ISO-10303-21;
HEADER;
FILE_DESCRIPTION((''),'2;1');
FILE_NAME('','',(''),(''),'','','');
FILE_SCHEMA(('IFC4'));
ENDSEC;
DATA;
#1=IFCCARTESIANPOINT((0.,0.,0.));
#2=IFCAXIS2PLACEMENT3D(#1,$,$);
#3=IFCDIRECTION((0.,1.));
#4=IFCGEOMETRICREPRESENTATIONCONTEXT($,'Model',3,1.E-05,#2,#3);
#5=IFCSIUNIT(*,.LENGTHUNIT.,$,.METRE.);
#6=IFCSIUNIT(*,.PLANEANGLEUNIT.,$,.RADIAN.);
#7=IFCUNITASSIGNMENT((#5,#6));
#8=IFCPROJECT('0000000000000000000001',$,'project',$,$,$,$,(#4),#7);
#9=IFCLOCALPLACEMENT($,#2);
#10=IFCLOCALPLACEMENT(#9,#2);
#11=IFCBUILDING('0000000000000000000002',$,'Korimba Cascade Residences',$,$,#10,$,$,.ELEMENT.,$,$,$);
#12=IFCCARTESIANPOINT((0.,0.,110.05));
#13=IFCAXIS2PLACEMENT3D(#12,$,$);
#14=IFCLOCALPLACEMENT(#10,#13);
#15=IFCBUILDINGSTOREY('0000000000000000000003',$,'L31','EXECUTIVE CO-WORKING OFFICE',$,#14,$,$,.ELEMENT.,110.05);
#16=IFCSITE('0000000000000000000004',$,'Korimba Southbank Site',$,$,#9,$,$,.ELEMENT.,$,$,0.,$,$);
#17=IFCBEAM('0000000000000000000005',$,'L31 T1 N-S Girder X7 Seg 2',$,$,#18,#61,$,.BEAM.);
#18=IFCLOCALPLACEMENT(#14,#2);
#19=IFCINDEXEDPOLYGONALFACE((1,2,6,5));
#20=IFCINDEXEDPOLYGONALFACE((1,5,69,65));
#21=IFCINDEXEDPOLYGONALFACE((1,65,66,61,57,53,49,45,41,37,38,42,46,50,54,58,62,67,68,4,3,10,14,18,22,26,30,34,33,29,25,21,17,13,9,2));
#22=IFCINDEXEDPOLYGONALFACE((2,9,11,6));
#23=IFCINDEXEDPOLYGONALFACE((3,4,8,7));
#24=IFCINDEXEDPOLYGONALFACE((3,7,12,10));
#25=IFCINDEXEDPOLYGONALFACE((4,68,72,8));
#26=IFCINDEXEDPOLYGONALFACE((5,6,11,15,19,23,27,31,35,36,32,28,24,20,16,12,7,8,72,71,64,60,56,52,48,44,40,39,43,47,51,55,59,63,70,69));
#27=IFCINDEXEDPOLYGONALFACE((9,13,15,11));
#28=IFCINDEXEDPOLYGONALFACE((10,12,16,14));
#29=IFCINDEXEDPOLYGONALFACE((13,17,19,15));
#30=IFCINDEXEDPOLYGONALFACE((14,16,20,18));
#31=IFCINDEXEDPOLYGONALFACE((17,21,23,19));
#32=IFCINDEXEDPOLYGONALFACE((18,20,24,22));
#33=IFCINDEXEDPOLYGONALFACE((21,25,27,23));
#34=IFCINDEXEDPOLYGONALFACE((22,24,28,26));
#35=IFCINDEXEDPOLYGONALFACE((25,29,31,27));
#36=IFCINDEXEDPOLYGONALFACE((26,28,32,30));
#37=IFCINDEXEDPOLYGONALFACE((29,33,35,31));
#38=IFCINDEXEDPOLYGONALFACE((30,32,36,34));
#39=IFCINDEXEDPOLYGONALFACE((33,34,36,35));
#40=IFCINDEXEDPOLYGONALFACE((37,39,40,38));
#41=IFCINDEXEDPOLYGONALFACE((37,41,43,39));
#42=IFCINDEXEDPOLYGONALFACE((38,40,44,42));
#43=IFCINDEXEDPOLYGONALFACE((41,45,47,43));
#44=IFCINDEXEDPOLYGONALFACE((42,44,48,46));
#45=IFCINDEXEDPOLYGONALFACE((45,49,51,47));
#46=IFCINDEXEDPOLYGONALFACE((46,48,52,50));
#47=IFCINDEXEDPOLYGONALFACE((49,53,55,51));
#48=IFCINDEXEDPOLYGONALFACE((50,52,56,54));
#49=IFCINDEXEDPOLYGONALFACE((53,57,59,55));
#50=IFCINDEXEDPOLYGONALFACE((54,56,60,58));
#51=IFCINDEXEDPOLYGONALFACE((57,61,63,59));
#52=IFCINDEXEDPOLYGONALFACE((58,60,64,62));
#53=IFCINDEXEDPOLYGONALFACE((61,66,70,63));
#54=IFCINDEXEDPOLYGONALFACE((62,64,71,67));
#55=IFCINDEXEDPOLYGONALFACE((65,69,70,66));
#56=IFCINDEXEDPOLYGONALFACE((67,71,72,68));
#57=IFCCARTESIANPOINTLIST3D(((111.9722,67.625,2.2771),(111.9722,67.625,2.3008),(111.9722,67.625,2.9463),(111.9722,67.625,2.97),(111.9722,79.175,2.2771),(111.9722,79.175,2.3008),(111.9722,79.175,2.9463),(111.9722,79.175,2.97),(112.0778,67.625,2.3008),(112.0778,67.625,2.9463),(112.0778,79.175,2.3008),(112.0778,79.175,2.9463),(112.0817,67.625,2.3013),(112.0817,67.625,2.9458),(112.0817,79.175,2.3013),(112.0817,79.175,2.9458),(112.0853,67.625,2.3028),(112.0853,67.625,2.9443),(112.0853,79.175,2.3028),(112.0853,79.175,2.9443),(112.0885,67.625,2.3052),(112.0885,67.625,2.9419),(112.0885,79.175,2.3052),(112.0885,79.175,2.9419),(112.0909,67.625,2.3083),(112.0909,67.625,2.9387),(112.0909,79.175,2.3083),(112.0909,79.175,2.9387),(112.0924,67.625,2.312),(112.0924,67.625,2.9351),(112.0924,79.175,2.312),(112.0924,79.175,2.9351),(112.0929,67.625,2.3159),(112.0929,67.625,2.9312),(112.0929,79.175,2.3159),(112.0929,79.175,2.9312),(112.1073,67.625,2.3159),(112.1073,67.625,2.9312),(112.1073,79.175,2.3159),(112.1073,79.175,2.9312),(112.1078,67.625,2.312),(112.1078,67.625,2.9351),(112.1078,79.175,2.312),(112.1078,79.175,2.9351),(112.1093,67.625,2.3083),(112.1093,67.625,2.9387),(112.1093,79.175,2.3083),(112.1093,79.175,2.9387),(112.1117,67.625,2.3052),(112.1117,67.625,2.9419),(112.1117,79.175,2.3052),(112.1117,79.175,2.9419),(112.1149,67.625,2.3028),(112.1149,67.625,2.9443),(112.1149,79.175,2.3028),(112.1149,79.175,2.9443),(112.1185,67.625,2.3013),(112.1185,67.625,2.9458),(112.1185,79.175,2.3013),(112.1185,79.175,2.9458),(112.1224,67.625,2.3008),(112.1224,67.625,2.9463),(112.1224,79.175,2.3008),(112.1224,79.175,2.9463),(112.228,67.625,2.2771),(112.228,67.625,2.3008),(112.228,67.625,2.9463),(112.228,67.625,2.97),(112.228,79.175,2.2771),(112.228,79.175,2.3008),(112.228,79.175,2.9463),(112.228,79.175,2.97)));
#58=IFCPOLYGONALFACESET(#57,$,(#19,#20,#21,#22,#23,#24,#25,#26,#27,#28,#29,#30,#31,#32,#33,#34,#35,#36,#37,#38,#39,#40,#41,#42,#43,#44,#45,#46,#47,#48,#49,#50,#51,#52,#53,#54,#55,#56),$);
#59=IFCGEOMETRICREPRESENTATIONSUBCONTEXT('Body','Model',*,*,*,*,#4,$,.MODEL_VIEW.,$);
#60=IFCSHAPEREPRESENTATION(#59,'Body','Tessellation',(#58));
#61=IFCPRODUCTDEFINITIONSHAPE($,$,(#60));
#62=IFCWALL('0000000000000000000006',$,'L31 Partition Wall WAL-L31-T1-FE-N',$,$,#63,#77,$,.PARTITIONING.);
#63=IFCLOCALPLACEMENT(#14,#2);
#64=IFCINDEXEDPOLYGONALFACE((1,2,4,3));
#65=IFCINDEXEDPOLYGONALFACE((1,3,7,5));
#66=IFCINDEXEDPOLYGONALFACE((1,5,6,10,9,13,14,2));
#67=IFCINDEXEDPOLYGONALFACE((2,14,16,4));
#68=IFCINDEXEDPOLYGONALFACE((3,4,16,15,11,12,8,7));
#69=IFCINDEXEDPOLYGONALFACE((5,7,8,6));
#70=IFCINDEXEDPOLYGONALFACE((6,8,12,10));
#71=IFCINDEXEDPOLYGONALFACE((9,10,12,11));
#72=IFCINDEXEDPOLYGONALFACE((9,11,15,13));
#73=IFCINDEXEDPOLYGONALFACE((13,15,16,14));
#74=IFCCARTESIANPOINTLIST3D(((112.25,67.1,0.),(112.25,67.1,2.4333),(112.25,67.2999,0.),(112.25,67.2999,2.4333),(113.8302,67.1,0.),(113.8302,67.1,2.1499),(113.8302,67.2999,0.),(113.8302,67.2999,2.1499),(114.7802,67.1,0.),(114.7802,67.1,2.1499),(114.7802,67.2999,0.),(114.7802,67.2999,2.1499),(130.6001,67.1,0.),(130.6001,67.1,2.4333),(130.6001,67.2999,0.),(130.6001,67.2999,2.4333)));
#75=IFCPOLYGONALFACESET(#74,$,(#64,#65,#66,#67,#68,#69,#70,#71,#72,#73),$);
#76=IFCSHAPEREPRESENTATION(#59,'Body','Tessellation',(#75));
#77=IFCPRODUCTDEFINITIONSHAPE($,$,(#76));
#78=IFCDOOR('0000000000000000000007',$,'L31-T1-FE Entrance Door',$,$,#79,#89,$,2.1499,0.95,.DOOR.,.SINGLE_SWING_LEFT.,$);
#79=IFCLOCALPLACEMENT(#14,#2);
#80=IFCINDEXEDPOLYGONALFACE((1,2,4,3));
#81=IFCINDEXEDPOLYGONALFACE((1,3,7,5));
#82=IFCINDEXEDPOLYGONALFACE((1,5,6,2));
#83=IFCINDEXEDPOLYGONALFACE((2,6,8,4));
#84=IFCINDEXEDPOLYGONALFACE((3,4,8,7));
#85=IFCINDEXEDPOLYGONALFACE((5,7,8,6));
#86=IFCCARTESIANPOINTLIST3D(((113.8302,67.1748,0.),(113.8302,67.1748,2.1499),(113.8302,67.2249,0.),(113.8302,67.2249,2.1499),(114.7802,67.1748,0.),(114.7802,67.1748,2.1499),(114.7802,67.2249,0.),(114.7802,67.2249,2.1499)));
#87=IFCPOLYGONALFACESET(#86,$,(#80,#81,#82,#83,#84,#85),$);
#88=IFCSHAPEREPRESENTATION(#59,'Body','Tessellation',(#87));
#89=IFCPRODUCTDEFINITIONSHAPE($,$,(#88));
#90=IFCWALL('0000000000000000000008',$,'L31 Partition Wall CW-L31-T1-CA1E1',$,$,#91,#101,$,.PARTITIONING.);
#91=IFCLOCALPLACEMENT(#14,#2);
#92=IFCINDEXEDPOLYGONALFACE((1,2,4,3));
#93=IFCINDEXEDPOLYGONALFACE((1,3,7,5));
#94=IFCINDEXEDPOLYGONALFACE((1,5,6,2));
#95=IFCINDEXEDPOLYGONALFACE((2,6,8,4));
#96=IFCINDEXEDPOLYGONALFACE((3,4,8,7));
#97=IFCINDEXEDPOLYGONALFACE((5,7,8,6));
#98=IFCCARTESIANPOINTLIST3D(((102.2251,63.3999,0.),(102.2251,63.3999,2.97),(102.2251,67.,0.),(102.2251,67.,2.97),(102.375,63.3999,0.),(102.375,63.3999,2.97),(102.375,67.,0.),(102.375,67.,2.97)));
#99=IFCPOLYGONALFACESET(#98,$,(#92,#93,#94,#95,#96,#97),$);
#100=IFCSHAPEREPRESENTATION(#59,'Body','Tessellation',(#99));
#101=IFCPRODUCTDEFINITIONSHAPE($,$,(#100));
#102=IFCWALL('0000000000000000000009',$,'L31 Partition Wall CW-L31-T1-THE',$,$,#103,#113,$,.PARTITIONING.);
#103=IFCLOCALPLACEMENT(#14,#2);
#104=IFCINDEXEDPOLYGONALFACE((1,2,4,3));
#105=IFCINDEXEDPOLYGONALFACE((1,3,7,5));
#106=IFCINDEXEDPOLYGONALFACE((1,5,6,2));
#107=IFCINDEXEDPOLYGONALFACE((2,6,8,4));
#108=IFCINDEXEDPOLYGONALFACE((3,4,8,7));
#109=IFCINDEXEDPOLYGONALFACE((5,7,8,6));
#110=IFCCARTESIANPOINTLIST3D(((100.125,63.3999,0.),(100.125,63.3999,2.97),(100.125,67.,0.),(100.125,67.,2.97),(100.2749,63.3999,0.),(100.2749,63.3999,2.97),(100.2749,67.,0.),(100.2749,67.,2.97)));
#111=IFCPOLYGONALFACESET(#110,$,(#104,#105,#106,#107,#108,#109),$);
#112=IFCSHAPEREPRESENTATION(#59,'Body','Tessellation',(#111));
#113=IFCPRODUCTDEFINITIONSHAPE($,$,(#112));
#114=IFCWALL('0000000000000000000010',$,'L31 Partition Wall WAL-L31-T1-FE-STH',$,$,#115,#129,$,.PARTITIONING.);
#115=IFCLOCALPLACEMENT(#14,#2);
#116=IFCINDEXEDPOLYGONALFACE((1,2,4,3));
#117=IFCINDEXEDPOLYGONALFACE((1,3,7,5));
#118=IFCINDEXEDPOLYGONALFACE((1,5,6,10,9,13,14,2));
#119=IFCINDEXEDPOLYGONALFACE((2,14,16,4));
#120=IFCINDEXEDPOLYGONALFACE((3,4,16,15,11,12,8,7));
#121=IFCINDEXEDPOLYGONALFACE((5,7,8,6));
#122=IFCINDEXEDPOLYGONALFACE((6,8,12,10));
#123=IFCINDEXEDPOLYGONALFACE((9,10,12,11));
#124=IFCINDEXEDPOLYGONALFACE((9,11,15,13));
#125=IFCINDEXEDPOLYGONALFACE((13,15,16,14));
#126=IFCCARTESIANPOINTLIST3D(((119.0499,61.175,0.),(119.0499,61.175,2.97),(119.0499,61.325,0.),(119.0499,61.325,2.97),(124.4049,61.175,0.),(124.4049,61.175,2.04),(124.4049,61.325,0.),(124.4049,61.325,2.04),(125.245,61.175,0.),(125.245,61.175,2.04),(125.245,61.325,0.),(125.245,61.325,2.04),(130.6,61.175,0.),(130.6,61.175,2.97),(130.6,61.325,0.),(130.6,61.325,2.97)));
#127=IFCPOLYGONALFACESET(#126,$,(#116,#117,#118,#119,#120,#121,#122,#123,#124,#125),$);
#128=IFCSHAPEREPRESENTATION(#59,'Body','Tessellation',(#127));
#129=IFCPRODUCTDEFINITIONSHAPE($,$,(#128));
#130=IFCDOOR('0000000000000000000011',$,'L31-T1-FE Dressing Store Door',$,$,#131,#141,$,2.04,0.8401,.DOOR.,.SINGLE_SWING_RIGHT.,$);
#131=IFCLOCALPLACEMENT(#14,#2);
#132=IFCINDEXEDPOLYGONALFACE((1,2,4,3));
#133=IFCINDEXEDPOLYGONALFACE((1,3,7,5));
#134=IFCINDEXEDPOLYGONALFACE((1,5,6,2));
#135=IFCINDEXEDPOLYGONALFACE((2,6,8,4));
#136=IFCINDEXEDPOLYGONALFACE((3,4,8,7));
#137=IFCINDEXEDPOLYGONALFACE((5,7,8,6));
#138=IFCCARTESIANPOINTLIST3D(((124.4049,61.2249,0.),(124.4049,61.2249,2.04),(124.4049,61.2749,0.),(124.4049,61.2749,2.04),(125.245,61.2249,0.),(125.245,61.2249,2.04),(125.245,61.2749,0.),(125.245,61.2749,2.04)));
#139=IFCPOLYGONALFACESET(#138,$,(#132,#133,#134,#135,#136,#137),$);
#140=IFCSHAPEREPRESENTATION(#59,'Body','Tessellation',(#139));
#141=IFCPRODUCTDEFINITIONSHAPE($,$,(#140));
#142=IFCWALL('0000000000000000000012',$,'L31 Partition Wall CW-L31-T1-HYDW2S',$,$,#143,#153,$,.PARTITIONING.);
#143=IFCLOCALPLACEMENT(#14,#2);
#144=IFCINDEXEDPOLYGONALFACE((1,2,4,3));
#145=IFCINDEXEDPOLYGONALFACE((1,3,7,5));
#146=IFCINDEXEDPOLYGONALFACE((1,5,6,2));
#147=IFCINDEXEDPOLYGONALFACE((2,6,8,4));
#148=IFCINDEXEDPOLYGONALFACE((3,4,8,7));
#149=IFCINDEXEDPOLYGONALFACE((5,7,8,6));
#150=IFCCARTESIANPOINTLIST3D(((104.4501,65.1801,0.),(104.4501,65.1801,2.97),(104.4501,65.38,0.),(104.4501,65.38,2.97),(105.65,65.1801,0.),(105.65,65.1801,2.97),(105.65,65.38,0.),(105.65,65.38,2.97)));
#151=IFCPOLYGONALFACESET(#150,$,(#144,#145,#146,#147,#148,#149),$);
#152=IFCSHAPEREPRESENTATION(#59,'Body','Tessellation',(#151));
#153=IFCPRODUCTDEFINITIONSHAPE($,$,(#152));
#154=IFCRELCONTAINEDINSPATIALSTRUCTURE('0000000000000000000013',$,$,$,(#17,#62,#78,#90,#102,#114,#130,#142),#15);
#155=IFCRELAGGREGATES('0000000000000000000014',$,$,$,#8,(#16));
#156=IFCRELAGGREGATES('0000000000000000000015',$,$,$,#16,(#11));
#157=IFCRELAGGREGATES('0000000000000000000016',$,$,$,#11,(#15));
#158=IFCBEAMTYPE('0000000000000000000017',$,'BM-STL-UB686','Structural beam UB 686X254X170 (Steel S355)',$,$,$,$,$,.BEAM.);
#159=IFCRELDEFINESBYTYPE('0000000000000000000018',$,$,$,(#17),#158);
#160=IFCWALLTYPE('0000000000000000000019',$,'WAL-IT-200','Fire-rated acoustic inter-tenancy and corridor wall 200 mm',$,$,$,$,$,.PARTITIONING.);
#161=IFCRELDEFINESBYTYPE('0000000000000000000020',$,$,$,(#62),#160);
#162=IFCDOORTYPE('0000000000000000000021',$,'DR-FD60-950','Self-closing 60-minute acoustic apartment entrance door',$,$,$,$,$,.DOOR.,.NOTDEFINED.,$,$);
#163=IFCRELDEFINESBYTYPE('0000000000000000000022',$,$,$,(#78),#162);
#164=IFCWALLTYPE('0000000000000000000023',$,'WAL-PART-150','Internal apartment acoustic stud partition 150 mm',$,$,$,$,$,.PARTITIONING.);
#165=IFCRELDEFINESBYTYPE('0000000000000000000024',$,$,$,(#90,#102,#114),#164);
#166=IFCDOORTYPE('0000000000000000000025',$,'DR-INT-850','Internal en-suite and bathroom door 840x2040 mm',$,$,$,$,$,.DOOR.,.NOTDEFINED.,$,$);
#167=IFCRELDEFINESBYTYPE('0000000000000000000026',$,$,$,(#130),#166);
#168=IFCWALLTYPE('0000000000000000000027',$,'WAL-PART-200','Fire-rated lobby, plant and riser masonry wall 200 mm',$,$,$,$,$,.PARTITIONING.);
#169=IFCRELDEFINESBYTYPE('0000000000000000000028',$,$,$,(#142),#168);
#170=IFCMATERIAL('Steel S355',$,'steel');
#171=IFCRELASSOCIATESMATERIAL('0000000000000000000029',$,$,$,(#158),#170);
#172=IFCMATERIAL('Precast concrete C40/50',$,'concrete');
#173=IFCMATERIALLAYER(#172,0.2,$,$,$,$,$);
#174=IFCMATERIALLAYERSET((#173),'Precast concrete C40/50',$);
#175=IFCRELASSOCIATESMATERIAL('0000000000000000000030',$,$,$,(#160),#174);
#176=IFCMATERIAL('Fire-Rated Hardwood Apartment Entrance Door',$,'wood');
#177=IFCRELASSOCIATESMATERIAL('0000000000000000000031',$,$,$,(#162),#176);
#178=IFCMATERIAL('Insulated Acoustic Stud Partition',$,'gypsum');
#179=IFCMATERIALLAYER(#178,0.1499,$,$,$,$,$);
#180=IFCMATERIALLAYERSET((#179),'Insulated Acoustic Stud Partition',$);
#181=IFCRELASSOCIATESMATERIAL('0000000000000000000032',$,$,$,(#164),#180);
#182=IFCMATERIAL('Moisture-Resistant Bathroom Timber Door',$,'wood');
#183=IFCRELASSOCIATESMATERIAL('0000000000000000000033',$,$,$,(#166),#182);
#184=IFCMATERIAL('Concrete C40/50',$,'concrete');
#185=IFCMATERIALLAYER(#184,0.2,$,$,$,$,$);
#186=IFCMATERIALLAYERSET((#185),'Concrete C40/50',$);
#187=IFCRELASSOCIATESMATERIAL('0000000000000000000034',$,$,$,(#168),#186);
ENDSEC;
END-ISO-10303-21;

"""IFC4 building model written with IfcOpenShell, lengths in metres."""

from ifc_helpers import new_model, si_unit, direction, frame, frame_2d, origin, origin_2d, place, context, subcontext, project, spatial, rectangle, i_section, extrude, material, layer, layer_set, material_profile, profile_set, type_object, element, fill, save


model = new_model("IFC4")

# Units and contexts
model_context = context("Model", 3, precision=1e-05, world=origin(), true_north=direction((0.0, 1.0)))
body_context = subcontext(model_context, "Body", "Model", "MODEL_VIEW")
ifc_project = project(units=[si_unit("LENGTHUNIT", "METRE"), si_unit("PLANEANGLEUNIT", "RADIAN")], contexts=[model_context])

# Site, building, storey
site_placement = place(None, origin())
site = spatial("IfcSite", under=ifc_project, at=site_placement, Name="Korimba Southbank Site", CompositionType="ELEMENT", RefElevation=0.0)
building_placement = place(site_placement, origin())
building = spatial("IfcBuilding", under=site, at=building_placement, Name="Korimba Cascade Residences", CompositionType="ELEMENT")
storey_placement = place(building_placement, frame((0.0, 0.0, 110.05)))
storey = spatial("IfcBuildingStorey", under=building, at=storey_placement, Name="L31", Description="EXECUTIVE CO-WORKING OFFICE", CompositionType="ELEMENT", Elevation=110.05)

# Beam
ifc_material_1 = material(Name="Steel S355", Category="steel")
ifc_material_profile_1 = material_profile(ifc_material_1, i_section(OverallWidth=0.2559, OverallDepth=0.6929, WebThickness=0.0144, FlangeThickness=0.0237, FilletRadius=0.0151, at=origin_2d()), Name="Steel S355")
ifc_profile_set_1 = profile_set([ifc_material_profile_1], Name="Steel S355")
beam_type_1 = type_object("IfcBeamType", Name="BM-STL-UB686", Description="Structural beam UB 686X254X170 (Steel S355)", PredefinedType="BEAM", material=ifc_profile_set_1)
for number, where, z_axis, x_axis, name in (
    (1, (112.1001, 67.625, 2.6235), (0.0, 1.0, 0.0), (-1.0, 0.0, 0.0), "L31 T1 N-S Girder X7 Seg 2"),
):
    element("IfcBeam", number, at=place(storey_placement, frame(where, z_axis=z_axis, x_axis=x_axis)), inside=storey, type_object=beam_type_1, Name=name, PredefinedType="BEAM", context=body_context, shape_type="SweptSolid", body=[
        extrude(i_section(OverallWidth=0.2559, OverallDepth=0.6929, WebThickness=0.0144, FlangeThickness=0.0237, FilletRadius=0.0151, at=origin_2d()), origin(), (0.0, 0.0, 1.0), 11.55),
    ])

# Wall, opening, door
ifc_material_2 = material(Name="Precast concrete C40/50", Category="concrete")
ifc_layer_1 = layer(ifc_material_2, 0.2)
ifc_layer_set_1 = layer_set([ifc_layer_1], Name="Precast concrete C40/50")
wall_type_1 = type_object("IfcWallType", Name="WAL-IT-200", Description="Fire-rated acoustic inter-tenancy and corridor wall 200 mm", PredefinedType="PARTITIONING", material=ifc_layer_set_1)
wall_1_placement = place(storey_placement, frame((112.25, 67.2, 0.0), z_axis=(0.0, 0.0, 1.0), x_axis=(1.0, 0.0, 0.0)))
wall_1 = element("IfcWall", 2, at=wall_1_placement, inside=storey, type_object=wall_type_1, Name="L31 Partition Wall WAL-L31-T1-FE-N", PredefinedType="PARTITIONING", context=body_context, shape_type="SweptSolid", body=[
    extrude(rectangle(XDim=18.3501, YDim=0.2, at=frame_2d((9.175, 0.0))), origin(), (0.0, 0.0, 1.0), 2.4333),
])
opening_1_placement = place(wall_1_placement, frame((1.5801, 0.0, 0.0)))
opening_1 = element("IfcOpeningElement", 3, at=opening_1_placement, cuts=wall_1, PredefinedType="OPENING", context=body_context, shape_type="SweptSolid", body=[
    extrude(rectangle(XDim=0.95, YDim=2.1499, at=frame_2d((0.4751, 1.075))), frame((0.0, 0.1099, 0.0), z_axis=(0.0, -1.0, 0.0), x_axis=(1.0, 0.0, 0.0)), (0.0, 0.0, 1.0), 0.22),
])
ifc_material_3 = material(Name="Fire-Rated Hardwood Apartment Entrance Door", Category="wood")
door_type_1 = type_object("IfcDoorType", Name="DR-FD60-950", Description="Self-closing 60-minute acoustic apartment entrance door", OperationType="NOTDEFINED", PredefinedType="DOOR", material=ifc_material_3)
door_1_placement = place(opening_1_placement, origin())
door_1 = element("IfcDoor", 4, at=door_1_placement, inside=storey, type_object=door_type_1, Name="L31-T1-FE Entrance Door", OperationType="SINGLE_SWING_LEFT", OverallHeight=2.1499, OverallWidth=0.95, PredefinedType="DOOR", context=body_context, shape_type="SweptSolid", body=[
    extrude(rectangle(XDim=0.95, YDim=2.1499, at=frame_2d((0.4751, 1.075))), frame((0.0, 0.0249, 0.0), z_axis=(0.0, -1.0, 0.0), x_axis=(1.0, 0.0, 0.0)), (0.0, 0.0, 1.0), 0.05),
])
fill(opening_1, door_1)

# Walls
ifc_material_4 = material(Name="Insulated Acoustic Stud Partition", Category="gypsum")
ifc_layer_2 = layer(ifc_material_4, 0.1499)
ifc_layer_set_2 = layer_set([ifc_layer_2], Name="Insulated Acoustic Stud Partition")
wall_type_2 = type_object("IfcWallType", Name="WAL-PART-150", Description="Internal apartment acoustic stud partition 150 mm", PredefinedType="PARTITIONING", material=ifc_layer_set_2)
for number, where, z_axis, x_axis, name in (
    (5, (102.3, 63.3999, 0.0), (0.0, 0.0, 1.0), (0.0, 1.0, 0.0), "L31 Partition Wall CW-L31-T1-CA1E1"),
    (6, (100.2, 63.3999, 0.0), (0.0, 0.0, 1.0), (0.0, 1.0, 0.0), "L31 Partition Wall CW-L31-T1-THE"),
):
    element("IfcWall", number, at=place(storey_placement, frame(where, z_axis=z_axis, x_axis=x_axis)), inside=storey, type_object=wall_type_2, Name=name, PredefinedType="PARTITIONING", context=body_context, shape_type="SweptSolid", body=[
        extrude(rectangle(XDim=3.6001, YDim=0.1499, at=frame_2d((1.8, 0.0))), origin(), (0.0, 0.0, 1.0), 2.97),
    ])

# Wall, opening, door
wall_2_placement = place(storey_placement, frame((119.05, 61.25, 0.0), z_axis=(0.0, 0.0, 1.0), x_axis=(1.0, 0.0, 0.0)))
wall_2 = element("IfcWall", 7, at=wall_2_placement, inside=storey, type_object=wall_type_2, Name="L31 Partition Wall WAL-L31-T1-FE-STH", PredefinedType="PARTITIONING", context=body_context, shape_type="SweptSolid", body=[
    extrude(rectangle(XDim=11.55, YDim=0.1499, at=frame_2d((5.7749, 0.0))), origin(), (0.0, 0.0, 1.0), 2.97),
])
opening_2_placement = place(wall_2_placement, frame((5.355, 0.0, 0.0)))
opening_2 = element("IfcOpeningElement", 8, at=opening_2_placement, cuts=wall_2, PredefinedType="OPENING", context=body_context, shape_type="SweptSolid", body=[
    extrude(rectangle(XDim=0.8401, YDim=2.04, at=frame_2d((0.4199, 1.02))), frame((0.0, 0.085, 0.0), z_axis=(0.0, -1.0, 0.0), x_axis=(1.0, 0.0, 0.0)), (0.0, 0.0, 1.0), 0.1699),
])
ifc_material_5 = material(Name="Moisture-Resistant Bathroom Timber Door", Category="wood")
door_type_2 = type_object("IfcDoorType", Name="DR-INT-850", Description="Internal en-suite and bathroom door 840x2040 mm", OperationType="NOTDEFINED", PredefinedType="DOOR", material=ifc_material_5)
door_2_placement = place(opening_2_placement, origin())
door_2 = element("IfcDoor", 9, at=door_2_placement, inside=storey, type_object=door_type_2, Name="L31-T1-FE Dressing Store Door", OperationType="SINGLE_SWING_RIGHT", OverallHeight=2.04, OverallWidth=0.8401, PredefinedType="DOOR", context=body_context, shape_type="SweptSolid", body=[
    extrude(rectangle(XDim=0.8401, YDim=2.04, at=frame_2d((0.4199, 1.02))), frame((0.0, 0.0249, 0.0), z_axis=(0.0, -1.0, 0.0), x_axis=(1.0, 0.0, 0.0)), (0.0, 0.0, 1.0), 0.05),
])
fill(opening_2, door_2)

# Wall
ifc_material_6 = material(Name="Concrete C40/50", Category="concrete")
ifc_layer_3 = layer(ifc_material_6, 0.2)
ifc_layer_set_3 = layer_set([ifc_layer_3], Name="Concrete C40/50")
wall_type_3 = type_object("IfcWallType", Name="WAL-PART-200", Description="Fire-rated lobby, plant and riser masonry wall 200 mm", PredefinedType="PARTITIONING", material=ifc_layer_set_3)
wall_3_placement = place(storey_placement, frame((104.45, 65.28, 0.0), z_axis=(0.0, 0.0, 1.0), x_axis=(1.0, 0.0, 0.0)))
element("IfcWall", 10, at=wall_3_placement, inside=storey, type_object=wall_type_3, Name="L31 Partition Wall CW-L31-T1-HYDW2S", PredefinedType="PARTITIONING", context=body_context, shape_type="SweptSolid", body=[
    extrude(rectangle(XDim=1.2, YDim=0.2, at=frame_2d((0.6001, 0.0))), origin(), (0.0, 0.0, 1.0), 2.97),
])

save(model, "model.ifc")
